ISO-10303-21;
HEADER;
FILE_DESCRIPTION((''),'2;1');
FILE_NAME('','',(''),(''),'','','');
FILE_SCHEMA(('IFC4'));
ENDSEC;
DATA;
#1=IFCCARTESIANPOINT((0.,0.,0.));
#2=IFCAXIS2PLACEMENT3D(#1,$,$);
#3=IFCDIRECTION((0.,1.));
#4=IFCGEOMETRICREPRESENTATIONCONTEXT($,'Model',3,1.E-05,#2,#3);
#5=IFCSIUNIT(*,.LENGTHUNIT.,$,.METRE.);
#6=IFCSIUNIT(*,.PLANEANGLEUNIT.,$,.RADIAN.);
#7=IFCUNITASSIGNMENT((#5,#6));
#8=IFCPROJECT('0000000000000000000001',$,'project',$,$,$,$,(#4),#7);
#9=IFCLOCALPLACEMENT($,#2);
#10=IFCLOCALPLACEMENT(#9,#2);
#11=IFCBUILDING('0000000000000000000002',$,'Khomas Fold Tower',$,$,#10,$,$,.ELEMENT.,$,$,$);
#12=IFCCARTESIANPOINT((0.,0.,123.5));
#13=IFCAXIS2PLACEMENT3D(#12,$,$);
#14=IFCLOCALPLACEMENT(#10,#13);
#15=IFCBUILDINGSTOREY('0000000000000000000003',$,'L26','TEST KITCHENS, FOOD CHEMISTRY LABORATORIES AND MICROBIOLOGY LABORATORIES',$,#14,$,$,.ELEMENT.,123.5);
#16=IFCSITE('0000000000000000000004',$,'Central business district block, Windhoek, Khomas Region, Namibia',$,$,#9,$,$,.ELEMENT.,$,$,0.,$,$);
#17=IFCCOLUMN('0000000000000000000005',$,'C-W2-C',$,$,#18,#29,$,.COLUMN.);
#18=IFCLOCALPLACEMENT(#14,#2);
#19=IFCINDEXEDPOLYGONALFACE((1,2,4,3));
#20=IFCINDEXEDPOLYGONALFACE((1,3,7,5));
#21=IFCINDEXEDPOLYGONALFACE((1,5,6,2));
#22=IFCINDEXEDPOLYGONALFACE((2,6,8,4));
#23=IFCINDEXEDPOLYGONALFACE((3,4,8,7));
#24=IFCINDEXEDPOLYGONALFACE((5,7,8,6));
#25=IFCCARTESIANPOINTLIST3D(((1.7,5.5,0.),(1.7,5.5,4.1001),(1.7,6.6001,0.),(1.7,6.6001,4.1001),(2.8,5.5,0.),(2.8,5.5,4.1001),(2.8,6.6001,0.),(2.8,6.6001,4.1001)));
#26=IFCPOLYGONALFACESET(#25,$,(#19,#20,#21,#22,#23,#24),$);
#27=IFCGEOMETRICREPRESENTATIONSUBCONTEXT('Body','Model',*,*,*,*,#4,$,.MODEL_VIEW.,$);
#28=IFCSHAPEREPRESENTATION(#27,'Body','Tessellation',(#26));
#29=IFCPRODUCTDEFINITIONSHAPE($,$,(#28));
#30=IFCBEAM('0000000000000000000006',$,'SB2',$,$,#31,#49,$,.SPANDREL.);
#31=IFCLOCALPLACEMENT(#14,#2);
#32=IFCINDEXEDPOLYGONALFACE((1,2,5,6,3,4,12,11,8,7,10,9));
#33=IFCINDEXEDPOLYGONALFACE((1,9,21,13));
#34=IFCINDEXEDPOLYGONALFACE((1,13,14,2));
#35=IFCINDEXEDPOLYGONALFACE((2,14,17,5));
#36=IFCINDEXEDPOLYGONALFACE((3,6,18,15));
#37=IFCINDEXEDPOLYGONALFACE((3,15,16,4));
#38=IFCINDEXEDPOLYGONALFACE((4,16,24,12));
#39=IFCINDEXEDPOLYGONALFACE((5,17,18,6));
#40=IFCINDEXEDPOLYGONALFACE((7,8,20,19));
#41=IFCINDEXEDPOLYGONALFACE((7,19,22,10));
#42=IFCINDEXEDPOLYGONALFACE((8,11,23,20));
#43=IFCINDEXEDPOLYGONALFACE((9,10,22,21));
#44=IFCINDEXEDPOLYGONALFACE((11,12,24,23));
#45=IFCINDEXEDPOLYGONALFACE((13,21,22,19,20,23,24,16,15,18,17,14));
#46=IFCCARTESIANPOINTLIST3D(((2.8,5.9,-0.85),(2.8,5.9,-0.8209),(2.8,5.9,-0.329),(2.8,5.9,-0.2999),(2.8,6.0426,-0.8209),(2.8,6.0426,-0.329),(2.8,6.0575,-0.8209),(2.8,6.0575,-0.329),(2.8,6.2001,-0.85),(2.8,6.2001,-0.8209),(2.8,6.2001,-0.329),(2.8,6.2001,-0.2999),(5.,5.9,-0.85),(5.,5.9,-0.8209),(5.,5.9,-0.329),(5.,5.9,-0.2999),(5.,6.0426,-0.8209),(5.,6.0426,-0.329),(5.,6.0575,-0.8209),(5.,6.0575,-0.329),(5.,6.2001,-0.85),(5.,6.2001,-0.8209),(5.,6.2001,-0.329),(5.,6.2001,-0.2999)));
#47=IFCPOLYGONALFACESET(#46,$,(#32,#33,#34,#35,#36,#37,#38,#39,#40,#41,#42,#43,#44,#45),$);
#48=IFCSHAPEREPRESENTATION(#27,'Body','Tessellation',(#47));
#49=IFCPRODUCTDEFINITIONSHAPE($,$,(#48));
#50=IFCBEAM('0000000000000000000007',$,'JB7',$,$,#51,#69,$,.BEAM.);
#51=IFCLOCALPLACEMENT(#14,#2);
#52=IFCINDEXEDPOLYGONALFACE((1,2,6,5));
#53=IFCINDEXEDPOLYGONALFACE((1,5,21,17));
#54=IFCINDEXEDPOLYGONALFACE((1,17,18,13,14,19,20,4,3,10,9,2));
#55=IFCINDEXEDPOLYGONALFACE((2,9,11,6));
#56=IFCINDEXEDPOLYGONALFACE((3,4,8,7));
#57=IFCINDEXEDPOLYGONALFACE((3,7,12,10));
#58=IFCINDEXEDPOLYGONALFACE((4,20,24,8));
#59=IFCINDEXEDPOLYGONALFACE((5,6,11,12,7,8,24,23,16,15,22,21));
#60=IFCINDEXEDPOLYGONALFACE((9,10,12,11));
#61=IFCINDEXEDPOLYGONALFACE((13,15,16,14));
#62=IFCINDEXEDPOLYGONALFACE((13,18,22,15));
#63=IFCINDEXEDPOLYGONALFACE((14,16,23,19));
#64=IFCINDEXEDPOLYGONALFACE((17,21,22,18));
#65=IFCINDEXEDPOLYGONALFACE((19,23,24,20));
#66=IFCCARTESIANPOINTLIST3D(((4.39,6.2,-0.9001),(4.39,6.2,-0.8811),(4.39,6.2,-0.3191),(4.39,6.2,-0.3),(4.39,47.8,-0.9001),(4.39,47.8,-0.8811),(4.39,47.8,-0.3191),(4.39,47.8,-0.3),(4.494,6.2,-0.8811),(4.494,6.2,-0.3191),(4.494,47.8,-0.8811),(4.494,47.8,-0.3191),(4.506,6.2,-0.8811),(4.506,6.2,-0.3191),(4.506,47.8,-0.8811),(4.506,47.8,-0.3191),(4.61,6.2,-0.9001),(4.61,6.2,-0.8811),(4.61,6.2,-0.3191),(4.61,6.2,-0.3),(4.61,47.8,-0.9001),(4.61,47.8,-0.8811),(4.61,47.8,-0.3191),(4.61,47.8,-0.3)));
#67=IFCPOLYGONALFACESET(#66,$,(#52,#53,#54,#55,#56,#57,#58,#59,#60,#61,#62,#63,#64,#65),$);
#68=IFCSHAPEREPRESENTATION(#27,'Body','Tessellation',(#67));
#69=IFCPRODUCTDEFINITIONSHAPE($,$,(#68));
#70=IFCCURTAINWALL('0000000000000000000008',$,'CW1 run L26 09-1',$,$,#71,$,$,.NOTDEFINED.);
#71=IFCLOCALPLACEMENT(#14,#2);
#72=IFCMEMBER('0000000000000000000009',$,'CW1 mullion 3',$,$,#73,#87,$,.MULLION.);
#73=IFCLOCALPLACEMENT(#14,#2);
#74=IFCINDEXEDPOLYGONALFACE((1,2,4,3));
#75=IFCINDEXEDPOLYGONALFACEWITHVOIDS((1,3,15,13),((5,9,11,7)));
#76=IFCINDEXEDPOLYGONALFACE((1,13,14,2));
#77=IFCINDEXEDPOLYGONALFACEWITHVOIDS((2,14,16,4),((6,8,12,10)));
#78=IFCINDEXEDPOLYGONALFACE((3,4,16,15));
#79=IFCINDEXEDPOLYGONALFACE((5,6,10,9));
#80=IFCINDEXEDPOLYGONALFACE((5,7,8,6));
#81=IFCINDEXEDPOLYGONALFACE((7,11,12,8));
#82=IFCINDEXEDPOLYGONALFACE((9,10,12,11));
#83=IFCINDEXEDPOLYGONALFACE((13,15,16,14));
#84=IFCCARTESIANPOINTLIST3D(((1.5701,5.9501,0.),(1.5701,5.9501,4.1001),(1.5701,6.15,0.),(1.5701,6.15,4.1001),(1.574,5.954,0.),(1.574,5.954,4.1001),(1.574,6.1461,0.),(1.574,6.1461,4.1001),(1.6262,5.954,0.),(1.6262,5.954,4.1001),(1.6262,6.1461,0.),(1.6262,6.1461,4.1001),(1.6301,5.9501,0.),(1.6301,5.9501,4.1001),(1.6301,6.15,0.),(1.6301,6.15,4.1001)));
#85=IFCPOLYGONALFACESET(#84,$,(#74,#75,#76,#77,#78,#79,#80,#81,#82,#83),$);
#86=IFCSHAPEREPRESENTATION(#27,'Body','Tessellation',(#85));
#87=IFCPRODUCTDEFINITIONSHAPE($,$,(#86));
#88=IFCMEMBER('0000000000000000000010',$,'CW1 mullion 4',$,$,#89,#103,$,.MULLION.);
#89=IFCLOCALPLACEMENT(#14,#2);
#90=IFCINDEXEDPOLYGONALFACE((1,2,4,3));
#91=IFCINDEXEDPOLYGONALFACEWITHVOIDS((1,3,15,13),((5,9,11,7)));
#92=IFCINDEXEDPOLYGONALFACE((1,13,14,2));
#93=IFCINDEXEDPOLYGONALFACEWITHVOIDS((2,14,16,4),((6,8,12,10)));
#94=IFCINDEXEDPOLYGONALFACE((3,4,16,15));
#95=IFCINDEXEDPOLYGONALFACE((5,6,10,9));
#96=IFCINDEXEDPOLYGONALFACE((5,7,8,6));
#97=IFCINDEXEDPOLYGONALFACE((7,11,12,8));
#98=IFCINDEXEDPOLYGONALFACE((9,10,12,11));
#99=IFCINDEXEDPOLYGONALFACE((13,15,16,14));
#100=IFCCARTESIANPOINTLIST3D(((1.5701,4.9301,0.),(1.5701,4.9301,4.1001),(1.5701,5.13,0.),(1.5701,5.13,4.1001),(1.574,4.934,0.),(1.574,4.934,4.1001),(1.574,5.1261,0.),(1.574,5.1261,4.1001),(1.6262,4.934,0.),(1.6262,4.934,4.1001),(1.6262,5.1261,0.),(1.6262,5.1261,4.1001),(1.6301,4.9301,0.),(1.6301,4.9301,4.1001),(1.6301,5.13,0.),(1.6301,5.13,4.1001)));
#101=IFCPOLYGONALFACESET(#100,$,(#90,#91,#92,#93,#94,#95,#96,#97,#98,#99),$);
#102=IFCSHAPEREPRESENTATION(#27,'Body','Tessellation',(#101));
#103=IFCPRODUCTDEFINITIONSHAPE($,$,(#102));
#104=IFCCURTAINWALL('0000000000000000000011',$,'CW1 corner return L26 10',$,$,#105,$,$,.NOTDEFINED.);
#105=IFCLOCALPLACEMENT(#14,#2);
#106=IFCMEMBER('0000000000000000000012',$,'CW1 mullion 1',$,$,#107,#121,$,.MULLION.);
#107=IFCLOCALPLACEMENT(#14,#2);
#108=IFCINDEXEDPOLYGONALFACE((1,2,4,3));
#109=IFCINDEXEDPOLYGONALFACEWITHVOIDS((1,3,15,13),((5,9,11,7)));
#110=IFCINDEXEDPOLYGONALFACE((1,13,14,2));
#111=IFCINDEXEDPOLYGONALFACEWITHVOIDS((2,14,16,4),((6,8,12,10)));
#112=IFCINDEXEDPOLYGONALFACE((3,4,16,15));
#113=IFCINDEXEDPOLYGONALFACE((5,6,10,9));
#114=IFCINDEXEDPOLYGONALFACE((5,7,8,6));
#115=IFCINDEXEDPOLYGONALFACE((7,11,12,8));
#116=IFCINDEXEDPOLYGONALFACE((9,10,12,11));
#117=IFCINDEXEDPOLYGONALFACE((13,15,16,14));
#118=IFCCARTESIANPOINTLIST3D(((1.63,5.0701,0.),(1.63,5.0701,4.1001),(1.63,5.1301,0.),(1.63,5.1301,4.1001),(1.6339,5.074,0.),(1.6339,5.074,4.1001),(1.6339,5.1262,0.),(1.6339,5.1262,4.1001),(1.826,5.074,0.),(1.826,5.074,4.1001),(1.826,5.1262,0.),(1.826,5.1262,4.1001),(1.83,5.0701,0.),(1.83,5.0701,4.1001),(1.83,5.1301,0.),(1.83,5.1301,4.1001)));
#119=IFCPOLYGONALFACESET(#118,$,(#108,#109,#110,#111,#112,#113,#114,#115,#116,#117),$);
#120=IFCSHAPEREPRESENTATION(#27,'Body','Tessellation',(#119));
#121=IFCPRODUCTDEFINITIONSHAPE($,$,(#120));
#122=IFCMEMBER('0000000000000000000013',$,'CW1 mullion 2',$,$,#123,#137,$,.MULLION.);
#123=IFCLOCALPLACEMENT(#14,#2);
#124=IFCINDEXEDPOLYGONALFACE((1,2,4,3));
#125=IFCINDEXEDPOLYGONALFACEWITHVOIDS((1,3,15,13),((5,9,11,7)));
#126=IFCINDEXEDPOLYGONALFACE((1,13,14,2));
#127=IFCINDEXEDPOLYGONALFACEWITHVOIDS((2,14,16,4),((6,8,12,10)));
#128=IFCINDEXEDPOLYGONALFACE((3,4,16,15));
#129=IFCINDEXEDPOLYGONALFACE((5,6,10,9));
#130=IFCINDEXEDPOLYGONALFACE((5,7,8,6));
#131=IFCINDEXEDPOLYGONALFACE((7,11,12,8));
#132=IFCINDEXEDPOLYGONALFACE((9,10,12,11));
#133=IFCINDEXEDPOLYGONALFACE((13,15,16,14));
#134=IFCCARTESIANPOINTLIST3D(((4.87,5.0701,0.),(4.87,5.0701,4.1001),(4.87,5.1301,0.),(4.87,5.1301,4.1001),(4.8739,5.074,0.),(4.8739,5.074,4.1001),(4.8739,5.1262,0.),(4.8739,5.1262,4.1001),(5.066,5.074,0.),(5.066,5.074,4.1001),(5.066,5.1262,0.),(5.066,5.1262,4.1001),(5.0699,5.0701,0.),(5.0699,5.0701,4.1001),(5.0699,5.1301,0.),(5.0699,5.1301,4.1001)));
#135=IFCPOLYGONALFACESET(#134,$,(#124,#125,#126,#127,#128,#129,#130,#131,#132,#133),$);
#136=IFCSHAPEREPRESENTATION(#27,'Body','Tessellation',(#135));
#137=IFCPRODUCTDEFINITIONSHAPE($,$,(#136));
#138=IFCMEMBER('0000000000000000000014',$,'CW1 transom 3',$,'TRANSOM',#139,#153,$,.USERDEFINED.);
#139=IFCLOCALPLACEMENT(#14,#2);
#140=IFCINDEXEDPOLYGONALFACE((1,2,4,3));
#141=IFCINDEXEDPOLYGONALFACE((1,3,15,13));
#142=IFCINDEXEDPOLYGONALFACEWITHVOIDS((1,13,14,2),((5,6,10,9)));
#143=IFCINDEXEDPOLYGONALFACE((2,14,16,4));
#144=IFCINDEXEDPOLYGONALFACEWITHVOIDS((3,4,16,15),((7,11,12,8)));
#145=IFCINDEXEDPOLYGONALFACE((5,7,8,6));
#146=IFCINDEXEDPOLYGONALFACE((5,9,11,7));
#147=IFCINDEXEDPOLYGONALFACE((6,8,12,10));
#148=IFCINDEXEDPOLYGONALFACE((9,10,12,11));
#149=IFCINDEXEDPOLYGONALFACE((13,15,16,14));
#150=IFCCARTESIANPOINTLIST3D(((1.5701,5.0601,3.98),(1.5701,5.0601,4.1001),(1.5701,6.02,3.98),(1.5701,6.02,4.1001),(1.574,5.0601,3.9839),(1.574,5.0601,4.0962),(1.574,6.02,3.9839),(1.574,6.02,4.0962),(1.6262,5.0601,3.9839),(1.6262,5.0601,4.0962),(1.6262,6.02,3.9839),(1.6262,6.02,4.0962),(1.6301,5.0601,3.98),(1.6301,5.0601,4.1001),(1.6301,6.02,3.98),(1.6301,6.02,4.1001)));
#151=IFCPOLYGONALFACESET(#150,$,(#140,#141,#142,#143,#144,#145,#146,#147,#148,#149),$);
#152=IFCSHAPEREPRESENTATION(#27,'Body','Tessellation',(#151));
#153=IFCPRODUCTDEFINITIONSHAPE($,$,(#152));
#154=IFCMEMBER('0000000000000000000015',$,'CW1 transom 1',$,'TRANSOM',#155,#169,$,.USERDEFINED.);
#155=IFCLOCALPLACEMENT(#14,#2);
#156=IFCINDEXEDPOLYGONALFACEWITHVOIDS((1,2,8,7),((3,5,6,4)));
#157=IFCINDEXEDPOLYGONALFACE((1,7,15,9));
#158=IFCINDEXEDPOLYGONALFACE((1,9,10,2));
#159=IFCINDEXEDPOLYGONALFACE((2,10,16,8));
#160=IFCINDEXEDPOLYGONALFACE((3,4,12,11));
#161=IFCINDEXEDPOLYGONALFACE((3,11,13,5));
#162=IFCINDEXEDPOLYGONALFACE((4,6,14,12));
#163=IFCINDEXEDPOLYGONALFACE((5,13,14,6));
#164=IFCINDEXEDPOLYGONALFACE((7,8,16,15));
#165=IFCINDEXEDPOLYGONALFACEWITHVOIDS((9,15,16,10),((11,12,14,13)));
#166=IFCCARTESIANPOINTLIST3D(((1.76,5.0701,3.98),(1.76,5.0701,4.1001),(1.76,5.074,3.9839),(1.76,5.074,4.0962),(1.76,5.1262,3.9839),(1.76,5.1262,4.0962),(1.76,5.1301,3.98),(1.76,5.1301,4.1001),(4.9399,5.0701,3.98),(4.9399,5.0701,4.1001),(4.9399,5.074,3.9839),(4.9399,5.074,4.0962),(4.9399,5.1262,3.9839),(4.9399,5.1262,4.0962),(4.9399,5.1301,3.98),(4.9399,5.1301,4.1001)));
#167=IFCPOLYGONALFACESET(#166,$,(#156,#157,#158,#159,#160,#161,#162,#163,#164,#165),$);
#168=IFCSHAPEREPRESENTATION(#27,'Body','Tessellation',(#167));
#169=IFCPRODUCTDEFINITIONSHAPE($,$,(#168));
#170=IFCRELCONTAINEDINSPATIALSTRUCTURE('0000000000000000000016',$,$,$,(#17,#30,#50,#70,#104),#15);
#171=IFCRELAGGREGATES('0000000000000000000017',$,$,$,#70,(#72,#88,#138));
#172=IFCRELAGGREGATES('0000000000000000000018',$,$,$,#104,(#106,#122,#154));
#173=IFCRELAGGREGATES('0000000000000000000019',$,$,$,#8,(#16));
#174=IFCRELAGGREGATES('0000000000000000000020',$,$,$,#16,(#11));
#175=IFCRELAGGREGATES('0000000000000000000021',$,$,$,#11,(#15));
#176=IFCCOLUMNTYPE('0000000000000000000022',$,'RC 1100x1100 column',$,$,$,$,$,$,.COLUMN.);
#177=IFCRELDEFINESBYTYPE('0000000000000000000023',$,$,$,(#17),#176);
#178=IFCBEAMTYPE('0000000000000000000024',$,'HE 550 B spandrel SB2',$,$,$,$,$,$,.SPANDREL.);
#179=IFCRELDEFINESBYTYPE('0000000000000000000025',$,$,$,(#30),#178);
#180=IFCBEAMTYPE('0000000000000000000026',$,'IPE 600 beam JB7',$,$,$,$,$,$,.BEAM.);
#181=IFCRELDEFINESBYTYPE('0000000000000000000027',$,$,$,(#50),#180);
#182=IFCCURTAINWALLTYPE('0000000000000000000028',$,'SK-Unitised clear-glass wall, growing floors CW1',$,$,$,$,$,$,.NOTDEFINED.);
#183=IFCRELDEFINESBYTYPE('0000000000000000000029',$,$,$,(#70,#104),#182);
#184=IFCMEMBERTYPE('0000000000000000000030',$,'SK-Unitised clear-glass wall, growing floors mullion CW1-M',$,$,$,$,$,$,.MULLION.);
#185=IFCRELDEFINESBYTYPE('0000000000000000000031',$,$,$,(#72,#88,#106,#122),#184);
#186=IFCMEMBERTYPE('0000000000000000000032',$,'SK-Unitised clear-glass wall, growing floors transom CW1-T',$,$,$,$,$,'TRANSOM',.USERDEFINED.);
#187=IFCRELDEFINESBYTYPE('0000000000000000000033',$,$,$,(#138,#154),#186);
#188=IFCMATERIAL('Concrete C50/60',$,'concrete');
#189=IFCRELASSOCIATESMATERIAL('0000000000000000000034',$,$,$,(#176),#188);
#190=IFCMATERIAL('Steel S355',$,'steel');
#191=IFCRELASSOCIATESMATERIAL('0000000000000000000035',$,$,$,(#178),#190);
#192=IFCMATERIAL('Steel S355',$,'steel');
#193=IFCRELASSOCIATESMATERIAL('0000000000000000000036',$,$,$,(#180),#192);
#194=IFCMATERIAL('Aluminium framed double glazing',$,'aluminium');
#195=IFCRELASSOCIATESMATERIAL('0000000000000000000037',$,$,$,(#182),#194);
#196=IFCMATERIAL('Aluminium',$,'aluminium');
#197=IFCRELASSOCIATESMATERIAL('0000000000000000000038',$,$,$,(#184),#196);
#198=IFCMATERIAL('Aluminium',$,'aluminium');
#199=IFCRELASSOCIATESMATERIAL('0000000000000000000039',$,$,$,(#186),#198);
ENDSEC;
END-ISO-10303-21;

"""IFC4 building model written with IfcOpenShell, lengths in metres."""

from ifc_helpers import new_model, si_unit, direction, frame, origin, origin_2d, place, context, subcontext, project, spatial, rectangle, hollow_rectangle, i_section, extrude, source, transform, mapped, material, material_profile, profile_set, type_object, element, aggregate, save


model = new_model("IFC4")

# Units and contexts
model_context = context("Model", 3, precision=1e-05, world=origin(), true_north=direction((0.0, 1.0)))
body_context = subcontext(model_context, "Body", "Model", "MODEL_VIEW")
ifc_project = project(units=[si_unit("LENGTHUNIT", "METRE"), si_unit("PLANEANGLEUNIT", "RADIAN")], contexts=[model_context])

# Site, building, storey
site_placement = place(None, origin())
site = spatial("IfcSite", under=ifc_project, at=site_placement, Name="Central business district block, Windhoek, Khomas Region, Namibia", CompositionType="ELEMENT", RefElevation=0.0)
building_placement = place(site_placement, origin())
building = spatial("IfcBuilding", under=site, at=building_placement, Name="Khomas Fold Tower", CompositionType="ELEMENT")
storey_placement = place(building_placement, frame((0.0, 0.0, 123.5)))
storey = spatial("IfcBuildingStorey", under=building, at=storey_placement, Name="L26", Description="TEST KITCHENS, FOOD CHEMISTRY LABORATORIES AND MICROBIOLOGY LABORATORIES", CompositionType="ELEMENT", Elevation=123.5)

# Column
ifc_material_1 = material(Name="Concrete C50/60", Category="concrete")
ifc_material_profile_1 = material_profile(ifc_material_1, rectangle(XDim=1.1001, YDim=1.1001, at=origin_2d()), Name="RC 1100x1100")
ifc_profile_set_1 = profile_set([ifc_material_profile_1], Name="Concrete C50/60")
column_type = type_object("IfcColumnType", Name="RC 1100x1100 column", PredefinedType="COLUMN", material=ifc_profile_set_1)
shared_shape_1 = source(origin(), body_context, "Body", "SweptSolid", [
    extrude(rectangle(XDim=1.1001, YDim=1.1001, at=origin_2d()), origin(), (0.0, 0.0, 1.0), 4.1001),
])
column_placement = place(storey_placement, frame((2.25, 6.05, 0.0), z_axis=(0.0, 0.0, 1.0), x_axis=(1.0, 0.0, 0.0)))
element("IfcColumn", 1, at=column_placement, inside=storey, type_object=column_type, Name="C-W2-C", PredefinedType="COLUMN", context=body_context, shape_type="MappedRepresentation", body=[
    mapped(shared_shape_1, transform((0.0, 0.0, 0.0))),
])

# Beams
ifc_material_2 = material(Name="Steel S355", Category="steel")
ifc_material_profile_2 = material_profile(ifc_material_2, i_section(OverallWidth=0.3, OverallDepth=0.55, WebThickness=0.0149, FlangeThickness=0.0291, at=origin_2d()), Name="HE 550 B")
ifc_profile_set_2 = profile_set([ifc_material_profile_2], Name="Steel S355")
beam_type_1 = type_object("IfcBeamType", Name="HE 550 B spandrel SB2", PredefinedType="SPANDREL", material=ifc_profile_set_2)
shared_shape_2 = source(origin(), body_context, "Body", "SweptSolid", [
    extrude(i_section(OverallWidth=0.3, OverallDepth=0.55, WebThickness=0.0149, FlangeThickness=0.0291, at=origin_2d()), origin(), (0.0, 0.0, 1.0), 2.2),
])
beam_1_placement = place(storey_placement, frame((2.8, 6.05, -0.575), z_axis=(1.0, 0.0, 0.0), x_axis=(0.0, 1.0, 0.0)))
element("IfcBeam", 2, at=beam_1_placement, inside=storey, type_object=beam_type_1, Name="SB2", PredefinedType="SPANDREL", context=body_context, shape_type="MappedRepresentation", body=[
    mapped(shared_shape_2, transform((0.0, 0.0, 0.0))),
])
ifc_material_3 = material(Name="Steel S355", Category="steel")
ifc_material_profile_3 = material_profile(ifc_material_3, i_section(OverallWidth=0.22, OverallDepth=0.6001, WebThickness=0.012, FlangeThickness=0.019, at=origin_2d()), Name="IPE 600")
ifc_profile_set_3 = profile_set([ifc_material_profile_3], Name="Steel S355")
beam_type_2 = type_object("IfcBeamType", Name="IPE 600 beam JB7", PredefinedType="BEAM", material=ifc_profile_set_3)
shared_shape_3 = source(origin(), body_context, "Body", "SweptSolid", [
    extrude(i_section(OverallWidth=0.22, OverallDepth=0.6001, WebThickness=0.012, FlangeThickness=0.019, at=origin_2d()), origin(), (0.0, 0.0, 1.0), 41.6001),
])
beam_2_placement = place(storey_placement, frame((4.5, 6.2, -0.6001), z_axis=(0.0, 1.0, 0.0), x_axis=(-1.0, 0.0, 0.0)))
element("IfcBeam", 3, at=beam_2_placement, inside=storey, type_object=beam_type_2, Name="JB7", PredefinedType="BEAM", context=body_context, shape_type="MappedRepresentation", body=[
    mapped(shared_shape_3, transform((0.0, 0.0, 0.0))),
])

# Curtain walls, members
ifc_material_4 = material(Name="Aluminium framed double glazing", Category="aluminium")
curtain_wall_type = type_object("IfcCurtainWallType", Name="SK-Unitised clear-glass wall, growing floors CW1", PredefinedType="NOTDEFINED", material=ifc_material_4)
curtain_wall_1_placement = place(storey_placement, origin())
curtain_wall_1 = element("IfcCurtainWall", 4, at=curtain_wall_1_placement, inside=storey, type_object=curtain_wall_type, Name="CW1 run L26 09-1", PredefinedType="NOTDEFINED")
ifc_material_5 = material(Name="Aluminium", Category="aluminium")
ifc_material_profile_4 = material_profile(ifc_material_5, hollow_rectangle(XDim=0.0601, YDim=0.2, WallThickness=0.0039, at=origin_2d()), Name="SK-Unitised clear-glass wall, growing floors mullion CW1-M")
ifc_profile_set_4 = profile_set([ifc_material_profile_4], Name="Aluminium")
member_type_1 = type_object("IfcMemberType", Name="SK-Unitised clear-glass wall, growing floors mullion CW1-M", PredefinedType="MULLION", material=ifc_profile_set_4)
shared_shape_4 = source(origin(), body_context, "Body", "SweptSolid", [
    extrude(hollow_rectangle(XDim=0.0601, YDim=0.2, WallThickness=0.0039, at=origin_2d()), origin(), (0.0, 0.0, 1.0), 4.1001),
])
member_1_placement = place(storey_placement, frame((1.6001, 6.05, 0.0), z_axis=(0.0, 0.0, 1.0), x_axis=(1.0, 0.0, 0.0)))
member_1 = element("IfcMember", 5, at=member_1_placement, type_object=member_type_1, Name="CW1 mullion 3", PredefinedType="MULLION", context=body_context, shape_type="MappedRepresentation", body=[
    mapped(shared_shape_4, transform((0.0, 0.0, 0.0))),
])
member_2_placement = place(storey_placement, frame((1.6001, 5.03, 0.0), z_axis=(0.0, 0.0, 1.0), x_axis=(1.0, 0.0, 0.0)))
member_2 = element("IfcMember", 6, at=member_2_placement, type_object=member_type_1, Name="CW1 mullion 4", PredefinedType="MULLION", context=body_context, shape_type="MappedRepresentation", body=[
    mapped(shared_shape_4, transform((0.0, 0.0, 0.0))),
])
curtain_wall_2_placement = place(storey_placement, origin())
curtain_wall_2 = element("IfcCurtainWall", 7, at=curtain_wall_2_placement, inside=storey, type_object=curtain_wall_type, Name="CW1 corner return L26 10", PredefinedType="NOTDEFINED")
member_3_placement = place(storey_placement, frame((1.73, 5.1001, 0.0), z_axis=(0.0, 0.0, 1.0), x_axis=(0.0, 1.0, 0.0)))
member_3 = element("IfcMember", 8, at=member_3_placement, type_object=member_type_1, Name="CW1 mullion 1", PredefinedType="MULLION", context=body_context, shape_type="MappedRepresentation", body=[
    mapped(shared_shape_4, transform((0.0, 0.0, 0.0))),
])
member_4_placement = place(storey_placement, frame((4.97, 5.1001, 0.0), z_axis=(0.0, 0.0, 1.0), x_axis=(0.0, 1.0, 0.0)))
member_4 = element("IfcMember", 9, at=member_4_placement, type_object=member_type_1, Name="CW1 mullion 2", PredefinedType="MULLION", context=body_context, shape_type="MappedRepresentation", body=[
    mapped(shared_shape_4, transform((0.0, 0.0, 0.0))),
])

# Members
ifc_material_6 = material(Name="Aluminium", Category="aluminium")
ifc_material_profile_5 = material_profile(ifc_material_6, hollow_rectangle(XDim=0.0601, YDim=0.1201, WallThickness=0.0039, at=origin_2d()), Name="SK-Unitised clear-glass wall, growing floors transom CW1-T")
ifc_profile_set_5 = profile_set([ifc_material_profile_5], Name="Aluminium")
member_type_2 = type_object("IfcMemberType", Name="SK-Unitised clear-glass wall, growing floors transom CW1-T", ElementType="TRANSOM", PredefinedType="USERDEFINED", material=ifc_profile_set_5)
shared_shape_5 = source(origin(), body_context, "Body", "SweptSolid", [
    extrude(hollow_rectangle(XDim=0.0601, YDim=0.1201, WallThickness=0.0039, at=origin_2d()), origin(), (0.0, 0.0, 1.0), 0.96),
])
member_5_placement = place(storey_placement, frame((1.6001, 6.02, 4.04), z_axis=(0.0, -1.0, 0.0), x_axis=(1.0, 0.0, 0.0)))
member_5 = element("IfcMember", 10, at=member_5_placement, type_object=member_type_2, Name="CW1 transom 3", ObjectType="TRANSOM", PredefinedType="USERDEFINED", context=body_context, shape_type="MappedRepresentation", body=[
    mapped(shared_shape_5, transform((0.0, 0.0, 0.0))),
])
shared_shape_6 = source(origin(), body_context, "Body", "SweptSolid", [
    extrude(hollow_rectangle(XDim=0.0601, YDim=0.1201, WallThickness=0.0039, at=origin_2d()), origin(), (0.0, 0.0, 1.0), 3.1799),
])
member_6_placement = place(storey_placement, frame((1.76, 5.1001, 4.04), z_axis=(1.0, 0.0, 0.0), x_axis=(0.0, 1.0, 0.0)))
member_6 = element("IfcMember", 11, at=member_6_placement, type_object=member_type_2, Name="CW1 transom 1", ObjectType="TRANSOM", PredefinedType="USERDEFINED", context=body_context, shape_type="MappedRepresentation", body=[
    mapped(shared_shape_6, transform((0.0, 0.0, 0.0))),
])

aggregate(curtain_wall_1, [member_1, member_2, member_5])
aggregate(curtain_wall_2, [member_3, member_4, member_6])

save(model, "model.ifc")
